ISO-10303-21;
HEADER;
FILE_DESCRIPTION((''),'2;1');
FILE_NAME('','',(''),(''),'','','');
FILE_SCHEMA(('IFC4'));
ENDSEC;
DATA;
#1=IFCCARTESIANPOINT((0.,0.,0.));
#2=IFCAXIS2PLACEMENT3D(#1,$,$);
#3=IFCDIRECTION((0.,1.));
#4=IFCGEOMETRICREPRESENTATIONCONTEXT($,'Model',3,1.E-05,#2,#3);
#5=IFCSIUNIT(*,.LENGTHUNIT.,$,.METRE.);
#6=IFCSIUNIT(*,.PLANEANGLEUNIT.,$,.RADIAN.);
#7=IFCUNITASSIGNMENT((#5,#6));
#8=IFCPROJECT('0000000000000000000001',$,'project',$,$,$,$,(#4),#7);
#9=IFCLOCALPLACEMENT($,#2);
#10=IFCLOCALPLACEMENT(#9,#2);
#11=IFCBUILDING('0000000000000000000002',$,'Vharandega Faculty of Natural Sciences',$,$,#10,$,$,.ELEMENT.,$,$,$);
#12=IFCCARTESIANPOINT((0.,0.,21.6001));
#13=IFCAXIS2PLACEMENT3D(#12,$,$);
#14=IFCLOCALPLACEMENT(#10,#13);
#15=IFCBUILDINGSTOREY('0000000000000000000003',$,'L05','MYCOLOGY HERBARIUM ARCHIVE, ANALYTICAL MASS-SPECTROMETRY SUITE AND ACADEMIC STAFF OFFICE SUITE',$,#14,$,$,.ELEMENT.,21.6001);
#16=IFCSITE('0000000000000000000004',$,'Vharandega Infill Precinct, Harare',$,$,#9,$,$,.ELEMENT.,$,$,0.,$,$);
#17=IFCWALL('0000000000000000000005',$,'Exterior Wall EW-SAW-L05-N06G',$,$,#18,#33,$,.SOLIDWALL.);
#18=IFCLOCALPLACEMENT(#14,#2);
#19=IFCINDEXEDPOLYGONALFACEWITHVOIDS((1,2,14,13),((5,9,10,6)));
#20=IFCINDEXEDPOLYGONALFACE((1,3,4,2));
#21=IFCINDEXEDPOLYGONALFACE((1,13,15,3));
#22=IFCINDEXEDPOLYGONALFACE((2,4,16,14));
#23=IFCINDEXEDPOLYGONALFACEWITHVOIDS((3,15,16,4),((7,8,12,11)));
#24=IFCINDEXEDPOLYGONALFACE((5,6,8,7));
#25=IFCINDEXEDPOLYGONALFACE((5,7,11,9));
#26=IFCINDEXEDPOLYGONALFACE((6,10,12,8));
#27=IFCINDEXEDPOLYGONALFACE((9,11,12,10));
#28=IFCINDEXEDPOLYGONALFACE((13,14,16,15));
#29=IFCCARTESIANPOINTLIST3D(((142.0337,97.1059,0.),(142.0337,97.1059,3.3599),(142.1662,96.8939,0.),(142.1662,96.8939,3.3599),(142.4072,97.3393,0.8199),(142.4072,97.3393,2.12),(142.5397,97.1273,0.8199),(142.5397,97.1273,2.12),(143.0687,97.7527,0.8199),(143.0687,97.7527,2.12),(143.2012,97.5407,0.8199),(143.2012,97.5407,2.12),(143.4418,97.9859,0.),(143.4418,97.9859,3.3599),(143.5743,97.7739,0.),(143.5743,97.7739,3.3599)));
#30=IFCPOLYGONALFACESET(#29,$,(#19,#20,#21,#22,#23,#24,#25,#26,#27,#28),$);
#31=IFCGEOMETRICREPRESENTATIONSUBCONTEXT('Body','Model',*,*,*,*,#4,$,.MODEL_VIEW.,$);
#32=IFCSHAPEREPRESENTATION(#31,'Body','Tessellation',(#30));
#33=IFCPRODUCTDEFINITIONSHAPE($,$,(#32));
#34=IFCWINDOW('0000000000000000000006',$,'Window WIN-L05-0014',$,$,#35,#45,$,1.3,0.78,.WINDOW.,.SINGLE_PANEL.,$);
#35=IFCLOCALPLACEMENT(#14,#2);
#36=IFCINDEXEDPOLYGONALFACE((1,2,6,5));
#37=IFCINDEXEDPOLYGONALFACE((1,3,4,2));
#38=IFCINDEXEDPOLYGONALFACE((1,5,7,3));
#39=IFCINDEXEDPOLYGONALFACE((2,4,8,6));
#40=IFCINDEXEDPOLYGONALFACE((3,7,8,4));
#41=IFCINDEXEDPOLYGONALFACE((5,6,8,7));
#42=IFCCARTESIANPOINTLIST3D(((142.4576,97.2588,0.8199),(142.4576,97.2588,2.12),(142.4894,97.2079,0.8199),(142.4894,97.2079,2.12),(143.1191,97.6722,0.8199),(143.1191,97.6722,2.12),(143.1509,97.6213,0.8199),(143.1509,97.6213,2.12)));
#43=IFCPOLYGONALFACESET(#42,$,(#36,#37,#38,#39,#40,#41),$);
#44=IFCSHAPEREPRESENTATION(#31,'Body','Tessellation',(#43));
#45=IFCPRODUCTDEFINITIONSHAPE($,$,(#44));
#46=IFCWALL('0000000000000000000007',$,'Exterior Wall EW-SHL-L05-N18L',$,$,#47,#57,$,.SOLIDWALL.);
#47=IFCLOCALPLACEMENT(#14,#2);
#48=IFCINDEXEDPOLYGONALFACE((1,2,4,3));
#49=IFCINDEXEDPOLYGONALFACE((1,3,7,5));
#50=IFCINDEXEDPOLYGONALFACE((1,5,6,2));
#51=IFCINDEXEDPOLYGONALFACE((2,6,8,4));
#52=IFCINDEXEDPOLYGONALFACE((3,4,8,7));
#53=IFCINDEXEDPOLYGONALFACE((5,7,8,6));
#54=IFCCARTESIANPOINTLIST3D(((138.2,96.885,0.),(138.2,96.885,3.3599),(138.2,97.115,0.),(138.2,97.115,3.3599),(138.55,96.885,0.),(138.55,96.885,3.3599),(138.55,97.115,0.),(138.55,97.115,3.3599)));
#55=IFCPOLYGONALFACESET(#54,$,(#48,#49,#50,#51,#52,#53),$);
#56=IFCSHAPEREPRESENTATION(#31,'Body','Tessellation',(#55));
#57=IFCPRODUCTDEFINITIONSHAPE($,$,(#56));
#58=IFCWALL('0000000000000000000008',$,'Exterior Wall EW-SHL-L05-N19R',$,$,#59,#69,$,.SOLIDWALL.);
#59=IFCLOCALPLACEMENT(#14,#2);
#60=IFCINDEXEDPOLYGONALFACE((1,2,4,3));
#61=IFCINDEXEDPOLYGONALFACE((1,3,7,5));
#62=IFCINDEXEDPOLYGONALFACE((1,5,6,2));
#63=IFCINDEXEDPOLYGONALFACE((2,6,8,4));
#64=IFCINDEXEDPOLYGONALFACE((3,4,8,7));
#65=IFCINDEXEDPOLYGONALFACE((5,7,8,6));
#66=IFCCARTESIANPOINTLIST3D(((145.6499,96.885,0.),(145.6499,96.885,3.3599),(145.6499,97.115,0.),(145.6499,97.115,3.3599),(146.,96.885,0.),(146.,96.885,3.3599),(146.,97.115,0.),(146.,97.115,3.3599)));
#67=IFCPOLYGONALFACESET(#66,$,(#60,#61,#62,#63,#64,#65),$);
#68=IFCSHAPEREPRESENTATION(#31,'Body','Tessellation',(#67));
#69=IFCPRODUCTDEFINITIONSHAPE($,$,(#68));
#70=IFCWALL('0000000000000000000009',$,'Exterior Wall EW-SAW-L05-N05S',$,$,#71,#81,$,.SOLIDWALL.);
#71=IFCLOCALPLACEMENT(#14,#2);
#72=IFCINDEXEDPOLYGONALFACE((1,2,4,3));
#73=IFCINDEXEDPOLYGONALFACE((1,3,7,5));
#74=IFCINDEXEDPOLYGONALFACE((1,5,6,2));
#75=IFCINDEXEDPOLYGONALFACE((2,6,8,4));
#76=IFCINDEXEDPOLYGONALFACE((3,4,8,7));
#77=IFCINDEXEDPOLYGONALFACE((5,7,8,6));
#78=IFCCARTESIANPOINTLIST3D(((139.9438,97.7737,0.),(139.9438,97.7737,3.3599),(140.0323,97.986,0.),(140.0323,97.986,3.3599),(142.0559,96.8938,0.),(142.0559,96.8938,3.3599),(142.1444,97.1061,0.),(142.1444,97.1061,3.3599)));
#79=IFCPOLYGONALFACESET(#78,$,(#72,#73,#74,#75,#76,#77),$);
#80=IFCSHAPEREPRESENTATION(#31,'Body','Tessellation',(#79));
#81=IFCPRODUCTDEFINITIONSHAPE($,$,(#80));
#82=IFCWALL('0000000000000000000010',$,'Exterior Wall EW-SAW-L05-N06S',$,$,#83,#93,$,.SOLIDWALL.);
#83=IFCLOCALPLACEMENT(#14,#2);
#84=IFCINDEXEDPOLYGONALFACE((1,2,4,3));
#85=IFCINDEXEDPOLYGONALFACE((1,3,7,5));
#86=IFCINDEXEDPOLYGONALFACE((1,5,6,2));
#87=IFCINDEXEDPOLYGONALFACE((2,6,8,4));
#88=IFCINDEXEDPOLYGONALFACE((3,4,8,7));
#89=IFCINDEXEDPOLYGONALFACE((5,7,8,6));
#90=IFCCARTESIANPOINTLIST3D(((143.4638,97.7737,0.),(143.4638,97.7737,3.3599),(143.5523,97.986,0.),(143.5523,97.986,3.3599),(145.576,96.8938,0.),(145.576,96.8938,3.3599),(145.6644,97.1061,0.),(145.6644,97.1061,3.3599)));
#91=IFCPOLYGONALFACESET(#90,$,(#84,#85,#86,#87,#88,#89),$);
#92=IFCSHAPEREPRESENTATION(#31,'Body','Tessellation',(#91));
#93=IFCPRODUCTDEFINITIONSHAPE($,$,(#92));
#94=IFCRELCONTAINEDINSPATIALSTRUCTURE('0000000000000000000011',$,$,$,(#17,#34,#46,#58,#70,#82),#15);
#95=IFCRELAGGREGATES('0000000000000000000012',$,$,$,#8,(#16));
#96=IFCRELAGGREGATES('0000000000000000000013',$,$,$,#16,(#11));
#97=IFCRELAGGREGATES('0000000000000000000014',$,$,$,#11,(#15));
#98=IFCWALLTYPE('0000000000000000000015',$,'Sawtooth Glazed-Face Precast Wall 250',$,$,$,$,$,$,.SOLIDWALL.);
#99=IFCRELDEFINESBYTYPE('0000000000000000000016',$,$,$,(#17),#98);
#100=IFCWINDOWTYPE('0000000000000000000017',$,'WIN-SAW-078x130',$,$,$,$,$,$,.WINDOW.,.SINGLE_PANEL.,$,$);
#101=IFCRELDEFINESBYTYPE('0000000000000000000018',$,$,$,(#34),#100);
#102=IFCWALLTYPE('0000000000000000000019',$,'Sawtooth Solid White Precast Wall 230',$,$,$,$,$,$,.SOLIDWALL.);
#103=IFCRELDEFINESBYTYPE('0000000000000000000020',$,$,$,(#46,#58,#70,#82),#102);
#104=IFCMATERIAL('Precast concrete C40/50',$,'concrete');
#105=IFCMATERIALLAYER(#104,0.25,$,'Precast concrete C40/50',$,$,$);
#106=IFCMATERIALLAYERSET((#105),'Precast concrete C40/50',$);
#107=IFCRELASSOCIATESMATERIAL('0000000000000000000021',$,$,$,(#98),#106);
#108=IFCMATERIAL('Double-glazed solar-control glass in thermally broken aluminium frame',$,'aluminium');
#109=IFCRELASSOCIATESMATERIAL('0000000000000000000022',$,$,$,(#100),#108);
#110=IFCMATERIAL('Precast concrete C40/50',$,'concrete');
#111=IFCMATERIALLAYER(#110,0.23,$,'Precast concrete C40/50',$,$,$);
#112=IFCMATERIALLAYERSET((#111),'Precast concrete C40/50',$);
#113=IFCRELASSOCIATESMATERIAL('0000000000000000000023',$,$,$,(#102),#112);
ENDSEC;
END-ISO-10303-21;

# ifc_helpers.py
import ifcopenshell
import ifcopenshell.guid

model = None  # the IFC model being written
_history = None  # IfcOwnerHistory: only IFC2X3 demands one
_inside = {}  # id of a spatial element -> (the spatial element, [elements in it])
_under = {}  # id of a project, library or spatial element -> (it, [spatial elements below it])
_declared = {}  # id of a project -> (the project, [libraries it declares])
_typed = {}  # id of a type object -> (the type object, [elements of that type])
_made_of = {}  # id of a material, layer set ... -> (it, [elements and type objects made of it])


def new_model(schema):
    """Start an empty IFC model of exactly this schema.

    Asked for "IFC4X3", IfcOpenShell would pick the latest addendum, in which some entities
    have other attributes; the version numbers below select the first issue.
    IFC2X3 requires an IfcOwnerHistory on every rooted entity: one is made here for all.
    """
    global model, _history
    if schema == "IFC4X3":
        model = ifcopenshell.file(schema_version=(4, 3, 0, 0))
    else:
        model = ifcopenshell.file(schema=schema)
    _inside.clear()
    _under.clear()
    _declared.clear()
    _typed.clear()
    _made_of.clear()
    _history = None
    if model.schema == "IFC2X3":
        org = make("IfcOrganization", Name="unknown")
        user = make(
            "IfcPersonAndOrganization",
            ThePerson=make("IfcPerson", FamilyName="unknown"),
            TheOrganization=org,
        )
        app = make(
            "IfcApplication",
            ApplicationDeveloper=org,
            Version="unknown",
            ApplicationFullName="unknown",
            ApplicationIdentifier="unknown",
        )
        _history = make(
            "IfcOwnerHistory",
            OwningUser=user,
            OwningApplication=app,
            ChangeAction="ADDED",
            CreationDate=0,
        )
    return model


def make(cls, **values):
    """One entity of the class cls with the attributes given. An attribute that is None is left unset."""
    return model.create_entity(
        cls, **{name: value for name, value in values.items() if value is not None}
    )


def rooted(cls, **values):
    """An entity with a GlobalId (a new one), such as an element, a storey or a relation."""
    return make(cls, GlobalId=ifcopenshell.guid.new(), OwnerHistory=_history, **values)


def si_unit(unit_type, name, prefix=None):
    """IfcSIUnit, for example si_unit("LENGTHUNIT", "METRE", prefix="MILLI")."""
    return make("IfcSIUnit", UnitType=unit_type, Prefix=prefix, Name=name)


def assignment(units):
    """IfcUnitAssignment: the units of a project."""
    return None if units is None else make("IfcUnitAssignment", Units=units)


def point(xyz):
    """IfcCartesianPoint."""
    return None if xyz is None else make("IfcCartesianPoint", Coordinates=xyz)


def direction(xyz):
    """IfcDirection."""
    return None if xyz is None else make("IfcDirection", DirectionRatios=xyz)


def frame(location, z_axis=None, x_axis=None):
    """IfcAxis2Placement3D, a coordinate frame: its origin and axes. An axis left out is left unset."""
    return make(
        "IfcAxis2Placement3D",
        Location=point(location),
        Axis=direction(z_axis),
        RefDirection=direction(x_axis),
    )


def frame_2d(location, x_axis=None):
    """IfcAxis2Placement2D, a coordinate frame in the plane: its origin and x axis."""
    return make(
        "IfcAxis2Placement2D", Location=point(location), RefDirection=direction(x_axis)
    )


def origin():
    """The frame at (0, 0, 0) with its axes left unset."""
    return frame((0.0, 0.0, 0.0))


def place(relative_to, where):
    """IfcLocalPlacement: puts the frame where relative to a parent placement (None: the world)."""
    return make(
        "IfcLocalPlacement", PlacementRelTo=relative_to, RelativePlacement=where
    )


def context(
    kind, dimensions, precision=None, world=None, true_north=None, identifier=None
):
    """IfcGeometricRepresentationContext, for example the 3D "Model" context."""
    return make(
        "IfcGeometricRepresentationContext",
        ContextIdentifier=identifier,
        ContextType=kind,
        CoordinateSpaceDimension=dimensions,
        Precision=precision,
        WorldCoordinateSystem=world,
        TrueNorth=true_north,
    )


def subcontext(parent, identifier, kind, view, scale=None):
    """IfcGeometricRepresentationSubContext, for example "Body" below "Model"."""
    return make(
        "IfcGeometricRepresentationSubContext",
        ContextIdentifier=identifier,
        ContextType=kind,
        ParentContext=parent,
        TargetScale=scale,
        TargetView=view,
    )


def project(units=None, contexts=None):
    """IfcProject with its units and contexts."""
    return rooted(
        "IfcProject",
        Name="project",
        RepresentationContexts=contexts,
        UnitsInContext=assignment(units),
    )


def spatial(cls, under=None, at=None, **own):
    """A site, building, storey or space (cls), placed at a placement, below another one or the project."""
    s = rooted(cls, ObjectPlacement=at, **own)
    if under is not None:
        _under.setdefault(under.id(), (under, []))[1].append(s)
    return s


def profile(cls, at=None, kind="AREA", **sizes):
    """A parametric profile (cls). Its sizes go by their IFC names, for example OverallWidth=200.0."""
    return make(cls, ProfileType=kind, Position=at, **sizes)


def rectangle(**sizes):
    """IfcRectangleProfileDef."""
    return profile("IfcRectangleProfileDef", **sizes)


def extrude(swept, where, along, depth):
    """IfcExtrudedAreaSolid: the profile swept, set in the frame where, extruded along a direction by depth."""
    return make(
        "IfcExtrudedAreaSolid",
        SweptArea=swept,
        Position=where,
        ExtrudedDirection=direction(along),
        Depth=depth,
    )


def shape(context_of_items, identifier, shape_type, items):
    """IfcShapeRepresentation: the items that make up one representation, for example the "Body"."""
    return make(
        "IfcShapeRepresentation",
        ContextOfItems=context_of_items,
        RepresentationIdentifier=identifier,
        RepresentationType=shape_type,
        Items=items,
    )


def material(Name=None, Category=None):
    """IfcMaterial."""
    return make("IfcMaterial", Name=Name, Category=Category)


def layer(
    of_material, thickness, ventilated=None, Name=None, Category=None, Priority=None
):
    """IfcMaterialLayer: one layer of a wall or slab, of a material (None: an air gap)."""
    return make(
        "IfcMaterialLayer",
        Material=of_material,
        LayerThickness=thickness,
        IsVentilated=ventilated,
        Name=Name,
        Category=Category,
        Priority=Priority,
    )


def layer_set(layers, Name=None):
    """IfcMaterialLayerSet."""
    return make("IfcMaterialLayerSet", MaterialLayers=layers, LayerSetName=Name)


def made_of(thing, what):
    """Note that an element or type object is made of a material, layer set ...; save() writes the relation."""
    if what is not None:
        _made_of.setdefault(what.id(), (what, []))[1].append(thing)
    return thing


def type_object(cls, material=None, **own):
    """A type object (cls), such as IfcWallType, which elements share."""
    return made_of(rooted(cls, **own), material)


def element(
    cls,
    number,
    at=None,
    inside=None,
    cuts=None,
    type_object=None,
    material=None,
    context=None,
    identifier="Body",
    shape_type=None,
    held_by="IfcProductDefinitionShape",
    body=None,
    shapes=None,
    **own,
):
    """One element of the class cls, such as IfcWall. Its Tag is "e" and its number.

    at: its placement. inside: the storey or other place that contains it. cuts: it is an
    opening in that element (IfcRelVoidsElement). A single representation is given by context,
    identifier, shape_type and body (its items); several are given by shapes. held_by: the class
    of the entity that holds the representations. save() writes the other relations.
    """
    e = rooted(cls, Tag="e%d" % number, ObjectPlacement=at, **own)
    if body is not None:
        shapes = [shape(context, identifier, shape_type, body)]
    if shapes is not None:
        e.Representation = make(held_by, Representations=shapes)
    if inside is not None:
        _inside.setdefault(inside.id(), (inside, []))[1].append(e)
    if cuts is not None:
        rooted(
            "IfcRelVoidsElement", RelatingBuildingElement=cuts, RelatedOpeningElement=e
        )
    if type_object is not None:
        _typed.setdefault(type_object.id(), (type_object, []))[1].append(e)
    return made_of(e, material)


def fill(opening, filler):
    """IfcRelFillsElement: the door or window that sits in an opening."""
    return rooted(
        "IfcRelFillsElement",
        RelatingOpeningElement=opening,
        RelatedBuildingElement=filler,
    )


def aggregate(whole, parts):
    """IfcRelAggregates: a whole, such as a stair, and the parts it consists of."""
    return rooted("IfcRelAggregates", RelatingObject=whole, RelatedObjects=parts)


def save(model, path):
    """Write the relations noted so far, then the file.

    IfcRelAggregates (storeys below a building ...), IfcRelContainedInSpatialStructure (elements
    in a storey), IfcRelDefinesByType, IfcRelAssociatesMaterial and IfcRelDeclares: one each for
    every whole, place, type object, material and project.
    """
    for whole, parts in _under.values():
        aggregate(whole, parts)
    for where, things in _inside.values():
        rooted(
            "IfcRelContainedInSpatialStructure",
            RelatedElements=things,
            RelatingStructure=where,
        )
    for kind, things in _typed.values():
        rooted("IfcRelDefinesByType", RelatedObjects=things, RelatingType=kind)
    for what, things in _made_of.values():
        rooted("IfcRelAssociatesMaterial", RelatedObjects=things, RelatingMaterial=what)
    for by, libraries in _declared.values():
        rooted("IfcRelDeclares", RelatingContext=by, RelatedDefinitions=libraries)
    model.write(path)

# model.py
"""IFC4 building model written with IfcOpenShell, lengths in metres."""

from ifc_helpers import new_model, si_unit, direction, frame, frame_2d, origin, place, context, subcontext, project, spatial, rectangle, extrude, material, layer, layer_set, type_object, element, fill, save


model = new_model("IFC4")

# Units and contexts
model_context = context("Model", 3, precision=1e-05, world=origin(), true_north=direction((0.0, 1.0)))
body_context = subcontext(model_context, "Body", "Model", "MODEL_VIEW")
ifc_project = project(units=[si_unit("LENGTHUNIT", "METRE"), si_unit("PLANEANGLEUNIT", "RADIAN")], contexts=[model_context])

# Site, building, storey
site_placement = place(None, origin())
site = spatial("IfcSite", under=ifc_project, at=site_placement, Name="Vharandega Infill Precinct, Harare", CompositionType="ELEMENT", RefElevation=0.0)
building_placement = place(site_placement, origin())
building = spatial("IfcBuilding", under=site, at=building_placement, Name="Vharandega Faculty of Natural Sciences", CompositionType="ELEMENT")
storey_placement = place(building_placement, frame((0.0, 0.0, 21.6001)))
storey = spatial("IfcBuildingStorey", under=building, at=storey_placement, Name="L05", Description="MYCOLOGY HERBARIUM ARCHIVE, ANALYTICAL MASS-SPECTROMETRY SUITE AND ACADEMIC STAFF OFFICE SUITE", CompositionType="ELEMENT", Elevation=21.6001)

# Wall, opening, window
ifc_material_1 = material(Name="Precast concrete C40/50", Category="concrete")
ifc_layer_1 = layer(ifc_material_1, 0.25, Name="Precast concrete C40/50")
ifc_layer_set_1 = layer_set([ifc_layer_1], Name="Precast concrete C40/50")
wall_type_1 = type_object("IfcWallType", Name="Sawtooth Glazed-Face Precast Wall 250", PredefinedType="SOLIDWALL", material=ifc_layer_set_1)
wall_1_placement = place(storey_placement, frame((142.1001, 97.0, 0.0), z_axis=(0.0, 0.0, 1.0), x_axis=(0.848023, 0.529959, 0.0)))
wall_1 = element("IfcWall", 1, at=wall_1_placement, inside=storey, type_object=wall_type_1, Name="Exterior Wall EW-SAW-L05-N06G", PredefinedType="SOLIDWALL", context=body_context, shape_type="SweptSolid", body=[
    extrude(rectangle(XDim=1.6604, YDim=0.25, at=frame_2d((0.8301, 0.0))), origin(), (0.0, 0.0, 1.0), 3.3599),
])
opening_1_placement = place(wall_1_placement, frame((0.4402, 0.0, 0.8201)))
opening_1 = element("IfcOpeningElement", 2, at=opening_1_placement, cuts=wall_1, PredefinedType="OPENING", context=body_context, shape_type="SweptSolid", body=[
    extrude(rectangle(XDim=0.78, YDim=1.3, at=frame_2d((0.3901, 0.6499))), frame((0.0, 0.135, 0.0), z_axis=(0.0, -1.0, 0.0), x_axis=(1.0, 0.0, 0.0)), (0.0, 0.0, 1.0), 0.27),
])
ifc_material_2 = material(Name="Double-glazed solar-control glass in thermally broken aluminium frame", Category="aluminium")
window_type_1 = type_object("IfcWindowType", Name="WIN-SAW-078x130", PartitioningType="SINGLE_PANEL", PredefinedType="WINDOW", material=ifc_material_2)
window_1_placement = place(opening_1_placement, origin())
window_1 = element("IfcWindow", 3, at=window_1_placement, inside=storey, type_object=window_type_1, Name="Window WIN-L05-0014", OverallHeight=1.3, OverallWidth=0.78, PartitioningType="SINGLE_PANEL", PredefinedType="WINDOW", context=body_context, shape_type="SweptSolid", body=[
    extrude(rectangle(XDim=0.78, YDim=1.3, at=frame_2d((0.3901, 0.6499))), frame((0.0, 0.03, 0.0), z_axis=(0.0, -1.0, 0.0), x_axis=(1.0, 0.0, 0.0)), (0.0, 0.0, 1.0), 0.0601),
])
fill(opening_1, window_1)

# Walls
ifc_material_3 = material(Name="Precast concrete C40/50", Category="concrete")
ifc_layer_2 = layer(ifc_material_3, 0.23, Name="Precast concrete C40/50")
ifc_layer_set_2 = layer_set([ifc_layer_2], Name="Precast concrete C40/50")
wall_type_2 = type_object("IfcWallType", Name="Sawtooth Solid White Precast Wall 230", PredefinedType="SOLIDWALL", material=ifc_layer_set_2)
for number, where, z_axis, x_axis, name in (
    (4, (138.2, 97.0, 0.0), (0.0, 0.0, 1.0), (1.0, 0.0, 0.0), "Exterior Wall EW-SHL-L05-N18L"),
    (5, (145.6499, 97.0, 0.0), (0.0, 0.0, 1.0), (1.0, 0.0, 0.0), "Exterior Wall EW-SHL-L05-N19R"),
):
    element("IfcWall", number, at=place(storey_placement, frame(where, z_axis=z_axis, x_axis=x_axis)), inside=storey, type_object=wall_type_2, Name=name, PredefinedType="SOLIDWALL", context=body_context, shape_type="SweptSolid", body=[
        extrude(rectangle(XDim=0.3501, YDim=0.23, at=frame_2d((0.175, 0.0))), origin(), (0.0, 0.0, 1.0), 3.3599),
    ])
for number, where, z_axis, x_axis, name in (
    (6, (139.988, 97.8799, 0.0), (0.0, 0.0, 1.0), (0.923099, -0.384562, 0.0), "Exterior Wall EW-SAW-L05-N05S"),
    (7, (143.5081, 97.8799, 0.0), (0.0, 0.0, 1.0), (0.923099, -0.384562, 0.0), "Exterior Wall EW-SAW-L05-N06S"),
):
    element("IfcWall", number, at=place(storey_placement, frame(where, z_axis=z_axis, x_axis=x_axis)), inside=storey, type_object=wall_type_2, Name=name, PredefinedType="SOLIDWALL", context=body_context, shape_type="SweptSolid", body=[
        extrude(rectangle(XDim=2.2881, YDim=0.23, at=frame_2d((1.144, 0.0))), origin(), (0.0, 0.0, 1.0), 3.3599),
    ])

save(model, "model.ifc")
